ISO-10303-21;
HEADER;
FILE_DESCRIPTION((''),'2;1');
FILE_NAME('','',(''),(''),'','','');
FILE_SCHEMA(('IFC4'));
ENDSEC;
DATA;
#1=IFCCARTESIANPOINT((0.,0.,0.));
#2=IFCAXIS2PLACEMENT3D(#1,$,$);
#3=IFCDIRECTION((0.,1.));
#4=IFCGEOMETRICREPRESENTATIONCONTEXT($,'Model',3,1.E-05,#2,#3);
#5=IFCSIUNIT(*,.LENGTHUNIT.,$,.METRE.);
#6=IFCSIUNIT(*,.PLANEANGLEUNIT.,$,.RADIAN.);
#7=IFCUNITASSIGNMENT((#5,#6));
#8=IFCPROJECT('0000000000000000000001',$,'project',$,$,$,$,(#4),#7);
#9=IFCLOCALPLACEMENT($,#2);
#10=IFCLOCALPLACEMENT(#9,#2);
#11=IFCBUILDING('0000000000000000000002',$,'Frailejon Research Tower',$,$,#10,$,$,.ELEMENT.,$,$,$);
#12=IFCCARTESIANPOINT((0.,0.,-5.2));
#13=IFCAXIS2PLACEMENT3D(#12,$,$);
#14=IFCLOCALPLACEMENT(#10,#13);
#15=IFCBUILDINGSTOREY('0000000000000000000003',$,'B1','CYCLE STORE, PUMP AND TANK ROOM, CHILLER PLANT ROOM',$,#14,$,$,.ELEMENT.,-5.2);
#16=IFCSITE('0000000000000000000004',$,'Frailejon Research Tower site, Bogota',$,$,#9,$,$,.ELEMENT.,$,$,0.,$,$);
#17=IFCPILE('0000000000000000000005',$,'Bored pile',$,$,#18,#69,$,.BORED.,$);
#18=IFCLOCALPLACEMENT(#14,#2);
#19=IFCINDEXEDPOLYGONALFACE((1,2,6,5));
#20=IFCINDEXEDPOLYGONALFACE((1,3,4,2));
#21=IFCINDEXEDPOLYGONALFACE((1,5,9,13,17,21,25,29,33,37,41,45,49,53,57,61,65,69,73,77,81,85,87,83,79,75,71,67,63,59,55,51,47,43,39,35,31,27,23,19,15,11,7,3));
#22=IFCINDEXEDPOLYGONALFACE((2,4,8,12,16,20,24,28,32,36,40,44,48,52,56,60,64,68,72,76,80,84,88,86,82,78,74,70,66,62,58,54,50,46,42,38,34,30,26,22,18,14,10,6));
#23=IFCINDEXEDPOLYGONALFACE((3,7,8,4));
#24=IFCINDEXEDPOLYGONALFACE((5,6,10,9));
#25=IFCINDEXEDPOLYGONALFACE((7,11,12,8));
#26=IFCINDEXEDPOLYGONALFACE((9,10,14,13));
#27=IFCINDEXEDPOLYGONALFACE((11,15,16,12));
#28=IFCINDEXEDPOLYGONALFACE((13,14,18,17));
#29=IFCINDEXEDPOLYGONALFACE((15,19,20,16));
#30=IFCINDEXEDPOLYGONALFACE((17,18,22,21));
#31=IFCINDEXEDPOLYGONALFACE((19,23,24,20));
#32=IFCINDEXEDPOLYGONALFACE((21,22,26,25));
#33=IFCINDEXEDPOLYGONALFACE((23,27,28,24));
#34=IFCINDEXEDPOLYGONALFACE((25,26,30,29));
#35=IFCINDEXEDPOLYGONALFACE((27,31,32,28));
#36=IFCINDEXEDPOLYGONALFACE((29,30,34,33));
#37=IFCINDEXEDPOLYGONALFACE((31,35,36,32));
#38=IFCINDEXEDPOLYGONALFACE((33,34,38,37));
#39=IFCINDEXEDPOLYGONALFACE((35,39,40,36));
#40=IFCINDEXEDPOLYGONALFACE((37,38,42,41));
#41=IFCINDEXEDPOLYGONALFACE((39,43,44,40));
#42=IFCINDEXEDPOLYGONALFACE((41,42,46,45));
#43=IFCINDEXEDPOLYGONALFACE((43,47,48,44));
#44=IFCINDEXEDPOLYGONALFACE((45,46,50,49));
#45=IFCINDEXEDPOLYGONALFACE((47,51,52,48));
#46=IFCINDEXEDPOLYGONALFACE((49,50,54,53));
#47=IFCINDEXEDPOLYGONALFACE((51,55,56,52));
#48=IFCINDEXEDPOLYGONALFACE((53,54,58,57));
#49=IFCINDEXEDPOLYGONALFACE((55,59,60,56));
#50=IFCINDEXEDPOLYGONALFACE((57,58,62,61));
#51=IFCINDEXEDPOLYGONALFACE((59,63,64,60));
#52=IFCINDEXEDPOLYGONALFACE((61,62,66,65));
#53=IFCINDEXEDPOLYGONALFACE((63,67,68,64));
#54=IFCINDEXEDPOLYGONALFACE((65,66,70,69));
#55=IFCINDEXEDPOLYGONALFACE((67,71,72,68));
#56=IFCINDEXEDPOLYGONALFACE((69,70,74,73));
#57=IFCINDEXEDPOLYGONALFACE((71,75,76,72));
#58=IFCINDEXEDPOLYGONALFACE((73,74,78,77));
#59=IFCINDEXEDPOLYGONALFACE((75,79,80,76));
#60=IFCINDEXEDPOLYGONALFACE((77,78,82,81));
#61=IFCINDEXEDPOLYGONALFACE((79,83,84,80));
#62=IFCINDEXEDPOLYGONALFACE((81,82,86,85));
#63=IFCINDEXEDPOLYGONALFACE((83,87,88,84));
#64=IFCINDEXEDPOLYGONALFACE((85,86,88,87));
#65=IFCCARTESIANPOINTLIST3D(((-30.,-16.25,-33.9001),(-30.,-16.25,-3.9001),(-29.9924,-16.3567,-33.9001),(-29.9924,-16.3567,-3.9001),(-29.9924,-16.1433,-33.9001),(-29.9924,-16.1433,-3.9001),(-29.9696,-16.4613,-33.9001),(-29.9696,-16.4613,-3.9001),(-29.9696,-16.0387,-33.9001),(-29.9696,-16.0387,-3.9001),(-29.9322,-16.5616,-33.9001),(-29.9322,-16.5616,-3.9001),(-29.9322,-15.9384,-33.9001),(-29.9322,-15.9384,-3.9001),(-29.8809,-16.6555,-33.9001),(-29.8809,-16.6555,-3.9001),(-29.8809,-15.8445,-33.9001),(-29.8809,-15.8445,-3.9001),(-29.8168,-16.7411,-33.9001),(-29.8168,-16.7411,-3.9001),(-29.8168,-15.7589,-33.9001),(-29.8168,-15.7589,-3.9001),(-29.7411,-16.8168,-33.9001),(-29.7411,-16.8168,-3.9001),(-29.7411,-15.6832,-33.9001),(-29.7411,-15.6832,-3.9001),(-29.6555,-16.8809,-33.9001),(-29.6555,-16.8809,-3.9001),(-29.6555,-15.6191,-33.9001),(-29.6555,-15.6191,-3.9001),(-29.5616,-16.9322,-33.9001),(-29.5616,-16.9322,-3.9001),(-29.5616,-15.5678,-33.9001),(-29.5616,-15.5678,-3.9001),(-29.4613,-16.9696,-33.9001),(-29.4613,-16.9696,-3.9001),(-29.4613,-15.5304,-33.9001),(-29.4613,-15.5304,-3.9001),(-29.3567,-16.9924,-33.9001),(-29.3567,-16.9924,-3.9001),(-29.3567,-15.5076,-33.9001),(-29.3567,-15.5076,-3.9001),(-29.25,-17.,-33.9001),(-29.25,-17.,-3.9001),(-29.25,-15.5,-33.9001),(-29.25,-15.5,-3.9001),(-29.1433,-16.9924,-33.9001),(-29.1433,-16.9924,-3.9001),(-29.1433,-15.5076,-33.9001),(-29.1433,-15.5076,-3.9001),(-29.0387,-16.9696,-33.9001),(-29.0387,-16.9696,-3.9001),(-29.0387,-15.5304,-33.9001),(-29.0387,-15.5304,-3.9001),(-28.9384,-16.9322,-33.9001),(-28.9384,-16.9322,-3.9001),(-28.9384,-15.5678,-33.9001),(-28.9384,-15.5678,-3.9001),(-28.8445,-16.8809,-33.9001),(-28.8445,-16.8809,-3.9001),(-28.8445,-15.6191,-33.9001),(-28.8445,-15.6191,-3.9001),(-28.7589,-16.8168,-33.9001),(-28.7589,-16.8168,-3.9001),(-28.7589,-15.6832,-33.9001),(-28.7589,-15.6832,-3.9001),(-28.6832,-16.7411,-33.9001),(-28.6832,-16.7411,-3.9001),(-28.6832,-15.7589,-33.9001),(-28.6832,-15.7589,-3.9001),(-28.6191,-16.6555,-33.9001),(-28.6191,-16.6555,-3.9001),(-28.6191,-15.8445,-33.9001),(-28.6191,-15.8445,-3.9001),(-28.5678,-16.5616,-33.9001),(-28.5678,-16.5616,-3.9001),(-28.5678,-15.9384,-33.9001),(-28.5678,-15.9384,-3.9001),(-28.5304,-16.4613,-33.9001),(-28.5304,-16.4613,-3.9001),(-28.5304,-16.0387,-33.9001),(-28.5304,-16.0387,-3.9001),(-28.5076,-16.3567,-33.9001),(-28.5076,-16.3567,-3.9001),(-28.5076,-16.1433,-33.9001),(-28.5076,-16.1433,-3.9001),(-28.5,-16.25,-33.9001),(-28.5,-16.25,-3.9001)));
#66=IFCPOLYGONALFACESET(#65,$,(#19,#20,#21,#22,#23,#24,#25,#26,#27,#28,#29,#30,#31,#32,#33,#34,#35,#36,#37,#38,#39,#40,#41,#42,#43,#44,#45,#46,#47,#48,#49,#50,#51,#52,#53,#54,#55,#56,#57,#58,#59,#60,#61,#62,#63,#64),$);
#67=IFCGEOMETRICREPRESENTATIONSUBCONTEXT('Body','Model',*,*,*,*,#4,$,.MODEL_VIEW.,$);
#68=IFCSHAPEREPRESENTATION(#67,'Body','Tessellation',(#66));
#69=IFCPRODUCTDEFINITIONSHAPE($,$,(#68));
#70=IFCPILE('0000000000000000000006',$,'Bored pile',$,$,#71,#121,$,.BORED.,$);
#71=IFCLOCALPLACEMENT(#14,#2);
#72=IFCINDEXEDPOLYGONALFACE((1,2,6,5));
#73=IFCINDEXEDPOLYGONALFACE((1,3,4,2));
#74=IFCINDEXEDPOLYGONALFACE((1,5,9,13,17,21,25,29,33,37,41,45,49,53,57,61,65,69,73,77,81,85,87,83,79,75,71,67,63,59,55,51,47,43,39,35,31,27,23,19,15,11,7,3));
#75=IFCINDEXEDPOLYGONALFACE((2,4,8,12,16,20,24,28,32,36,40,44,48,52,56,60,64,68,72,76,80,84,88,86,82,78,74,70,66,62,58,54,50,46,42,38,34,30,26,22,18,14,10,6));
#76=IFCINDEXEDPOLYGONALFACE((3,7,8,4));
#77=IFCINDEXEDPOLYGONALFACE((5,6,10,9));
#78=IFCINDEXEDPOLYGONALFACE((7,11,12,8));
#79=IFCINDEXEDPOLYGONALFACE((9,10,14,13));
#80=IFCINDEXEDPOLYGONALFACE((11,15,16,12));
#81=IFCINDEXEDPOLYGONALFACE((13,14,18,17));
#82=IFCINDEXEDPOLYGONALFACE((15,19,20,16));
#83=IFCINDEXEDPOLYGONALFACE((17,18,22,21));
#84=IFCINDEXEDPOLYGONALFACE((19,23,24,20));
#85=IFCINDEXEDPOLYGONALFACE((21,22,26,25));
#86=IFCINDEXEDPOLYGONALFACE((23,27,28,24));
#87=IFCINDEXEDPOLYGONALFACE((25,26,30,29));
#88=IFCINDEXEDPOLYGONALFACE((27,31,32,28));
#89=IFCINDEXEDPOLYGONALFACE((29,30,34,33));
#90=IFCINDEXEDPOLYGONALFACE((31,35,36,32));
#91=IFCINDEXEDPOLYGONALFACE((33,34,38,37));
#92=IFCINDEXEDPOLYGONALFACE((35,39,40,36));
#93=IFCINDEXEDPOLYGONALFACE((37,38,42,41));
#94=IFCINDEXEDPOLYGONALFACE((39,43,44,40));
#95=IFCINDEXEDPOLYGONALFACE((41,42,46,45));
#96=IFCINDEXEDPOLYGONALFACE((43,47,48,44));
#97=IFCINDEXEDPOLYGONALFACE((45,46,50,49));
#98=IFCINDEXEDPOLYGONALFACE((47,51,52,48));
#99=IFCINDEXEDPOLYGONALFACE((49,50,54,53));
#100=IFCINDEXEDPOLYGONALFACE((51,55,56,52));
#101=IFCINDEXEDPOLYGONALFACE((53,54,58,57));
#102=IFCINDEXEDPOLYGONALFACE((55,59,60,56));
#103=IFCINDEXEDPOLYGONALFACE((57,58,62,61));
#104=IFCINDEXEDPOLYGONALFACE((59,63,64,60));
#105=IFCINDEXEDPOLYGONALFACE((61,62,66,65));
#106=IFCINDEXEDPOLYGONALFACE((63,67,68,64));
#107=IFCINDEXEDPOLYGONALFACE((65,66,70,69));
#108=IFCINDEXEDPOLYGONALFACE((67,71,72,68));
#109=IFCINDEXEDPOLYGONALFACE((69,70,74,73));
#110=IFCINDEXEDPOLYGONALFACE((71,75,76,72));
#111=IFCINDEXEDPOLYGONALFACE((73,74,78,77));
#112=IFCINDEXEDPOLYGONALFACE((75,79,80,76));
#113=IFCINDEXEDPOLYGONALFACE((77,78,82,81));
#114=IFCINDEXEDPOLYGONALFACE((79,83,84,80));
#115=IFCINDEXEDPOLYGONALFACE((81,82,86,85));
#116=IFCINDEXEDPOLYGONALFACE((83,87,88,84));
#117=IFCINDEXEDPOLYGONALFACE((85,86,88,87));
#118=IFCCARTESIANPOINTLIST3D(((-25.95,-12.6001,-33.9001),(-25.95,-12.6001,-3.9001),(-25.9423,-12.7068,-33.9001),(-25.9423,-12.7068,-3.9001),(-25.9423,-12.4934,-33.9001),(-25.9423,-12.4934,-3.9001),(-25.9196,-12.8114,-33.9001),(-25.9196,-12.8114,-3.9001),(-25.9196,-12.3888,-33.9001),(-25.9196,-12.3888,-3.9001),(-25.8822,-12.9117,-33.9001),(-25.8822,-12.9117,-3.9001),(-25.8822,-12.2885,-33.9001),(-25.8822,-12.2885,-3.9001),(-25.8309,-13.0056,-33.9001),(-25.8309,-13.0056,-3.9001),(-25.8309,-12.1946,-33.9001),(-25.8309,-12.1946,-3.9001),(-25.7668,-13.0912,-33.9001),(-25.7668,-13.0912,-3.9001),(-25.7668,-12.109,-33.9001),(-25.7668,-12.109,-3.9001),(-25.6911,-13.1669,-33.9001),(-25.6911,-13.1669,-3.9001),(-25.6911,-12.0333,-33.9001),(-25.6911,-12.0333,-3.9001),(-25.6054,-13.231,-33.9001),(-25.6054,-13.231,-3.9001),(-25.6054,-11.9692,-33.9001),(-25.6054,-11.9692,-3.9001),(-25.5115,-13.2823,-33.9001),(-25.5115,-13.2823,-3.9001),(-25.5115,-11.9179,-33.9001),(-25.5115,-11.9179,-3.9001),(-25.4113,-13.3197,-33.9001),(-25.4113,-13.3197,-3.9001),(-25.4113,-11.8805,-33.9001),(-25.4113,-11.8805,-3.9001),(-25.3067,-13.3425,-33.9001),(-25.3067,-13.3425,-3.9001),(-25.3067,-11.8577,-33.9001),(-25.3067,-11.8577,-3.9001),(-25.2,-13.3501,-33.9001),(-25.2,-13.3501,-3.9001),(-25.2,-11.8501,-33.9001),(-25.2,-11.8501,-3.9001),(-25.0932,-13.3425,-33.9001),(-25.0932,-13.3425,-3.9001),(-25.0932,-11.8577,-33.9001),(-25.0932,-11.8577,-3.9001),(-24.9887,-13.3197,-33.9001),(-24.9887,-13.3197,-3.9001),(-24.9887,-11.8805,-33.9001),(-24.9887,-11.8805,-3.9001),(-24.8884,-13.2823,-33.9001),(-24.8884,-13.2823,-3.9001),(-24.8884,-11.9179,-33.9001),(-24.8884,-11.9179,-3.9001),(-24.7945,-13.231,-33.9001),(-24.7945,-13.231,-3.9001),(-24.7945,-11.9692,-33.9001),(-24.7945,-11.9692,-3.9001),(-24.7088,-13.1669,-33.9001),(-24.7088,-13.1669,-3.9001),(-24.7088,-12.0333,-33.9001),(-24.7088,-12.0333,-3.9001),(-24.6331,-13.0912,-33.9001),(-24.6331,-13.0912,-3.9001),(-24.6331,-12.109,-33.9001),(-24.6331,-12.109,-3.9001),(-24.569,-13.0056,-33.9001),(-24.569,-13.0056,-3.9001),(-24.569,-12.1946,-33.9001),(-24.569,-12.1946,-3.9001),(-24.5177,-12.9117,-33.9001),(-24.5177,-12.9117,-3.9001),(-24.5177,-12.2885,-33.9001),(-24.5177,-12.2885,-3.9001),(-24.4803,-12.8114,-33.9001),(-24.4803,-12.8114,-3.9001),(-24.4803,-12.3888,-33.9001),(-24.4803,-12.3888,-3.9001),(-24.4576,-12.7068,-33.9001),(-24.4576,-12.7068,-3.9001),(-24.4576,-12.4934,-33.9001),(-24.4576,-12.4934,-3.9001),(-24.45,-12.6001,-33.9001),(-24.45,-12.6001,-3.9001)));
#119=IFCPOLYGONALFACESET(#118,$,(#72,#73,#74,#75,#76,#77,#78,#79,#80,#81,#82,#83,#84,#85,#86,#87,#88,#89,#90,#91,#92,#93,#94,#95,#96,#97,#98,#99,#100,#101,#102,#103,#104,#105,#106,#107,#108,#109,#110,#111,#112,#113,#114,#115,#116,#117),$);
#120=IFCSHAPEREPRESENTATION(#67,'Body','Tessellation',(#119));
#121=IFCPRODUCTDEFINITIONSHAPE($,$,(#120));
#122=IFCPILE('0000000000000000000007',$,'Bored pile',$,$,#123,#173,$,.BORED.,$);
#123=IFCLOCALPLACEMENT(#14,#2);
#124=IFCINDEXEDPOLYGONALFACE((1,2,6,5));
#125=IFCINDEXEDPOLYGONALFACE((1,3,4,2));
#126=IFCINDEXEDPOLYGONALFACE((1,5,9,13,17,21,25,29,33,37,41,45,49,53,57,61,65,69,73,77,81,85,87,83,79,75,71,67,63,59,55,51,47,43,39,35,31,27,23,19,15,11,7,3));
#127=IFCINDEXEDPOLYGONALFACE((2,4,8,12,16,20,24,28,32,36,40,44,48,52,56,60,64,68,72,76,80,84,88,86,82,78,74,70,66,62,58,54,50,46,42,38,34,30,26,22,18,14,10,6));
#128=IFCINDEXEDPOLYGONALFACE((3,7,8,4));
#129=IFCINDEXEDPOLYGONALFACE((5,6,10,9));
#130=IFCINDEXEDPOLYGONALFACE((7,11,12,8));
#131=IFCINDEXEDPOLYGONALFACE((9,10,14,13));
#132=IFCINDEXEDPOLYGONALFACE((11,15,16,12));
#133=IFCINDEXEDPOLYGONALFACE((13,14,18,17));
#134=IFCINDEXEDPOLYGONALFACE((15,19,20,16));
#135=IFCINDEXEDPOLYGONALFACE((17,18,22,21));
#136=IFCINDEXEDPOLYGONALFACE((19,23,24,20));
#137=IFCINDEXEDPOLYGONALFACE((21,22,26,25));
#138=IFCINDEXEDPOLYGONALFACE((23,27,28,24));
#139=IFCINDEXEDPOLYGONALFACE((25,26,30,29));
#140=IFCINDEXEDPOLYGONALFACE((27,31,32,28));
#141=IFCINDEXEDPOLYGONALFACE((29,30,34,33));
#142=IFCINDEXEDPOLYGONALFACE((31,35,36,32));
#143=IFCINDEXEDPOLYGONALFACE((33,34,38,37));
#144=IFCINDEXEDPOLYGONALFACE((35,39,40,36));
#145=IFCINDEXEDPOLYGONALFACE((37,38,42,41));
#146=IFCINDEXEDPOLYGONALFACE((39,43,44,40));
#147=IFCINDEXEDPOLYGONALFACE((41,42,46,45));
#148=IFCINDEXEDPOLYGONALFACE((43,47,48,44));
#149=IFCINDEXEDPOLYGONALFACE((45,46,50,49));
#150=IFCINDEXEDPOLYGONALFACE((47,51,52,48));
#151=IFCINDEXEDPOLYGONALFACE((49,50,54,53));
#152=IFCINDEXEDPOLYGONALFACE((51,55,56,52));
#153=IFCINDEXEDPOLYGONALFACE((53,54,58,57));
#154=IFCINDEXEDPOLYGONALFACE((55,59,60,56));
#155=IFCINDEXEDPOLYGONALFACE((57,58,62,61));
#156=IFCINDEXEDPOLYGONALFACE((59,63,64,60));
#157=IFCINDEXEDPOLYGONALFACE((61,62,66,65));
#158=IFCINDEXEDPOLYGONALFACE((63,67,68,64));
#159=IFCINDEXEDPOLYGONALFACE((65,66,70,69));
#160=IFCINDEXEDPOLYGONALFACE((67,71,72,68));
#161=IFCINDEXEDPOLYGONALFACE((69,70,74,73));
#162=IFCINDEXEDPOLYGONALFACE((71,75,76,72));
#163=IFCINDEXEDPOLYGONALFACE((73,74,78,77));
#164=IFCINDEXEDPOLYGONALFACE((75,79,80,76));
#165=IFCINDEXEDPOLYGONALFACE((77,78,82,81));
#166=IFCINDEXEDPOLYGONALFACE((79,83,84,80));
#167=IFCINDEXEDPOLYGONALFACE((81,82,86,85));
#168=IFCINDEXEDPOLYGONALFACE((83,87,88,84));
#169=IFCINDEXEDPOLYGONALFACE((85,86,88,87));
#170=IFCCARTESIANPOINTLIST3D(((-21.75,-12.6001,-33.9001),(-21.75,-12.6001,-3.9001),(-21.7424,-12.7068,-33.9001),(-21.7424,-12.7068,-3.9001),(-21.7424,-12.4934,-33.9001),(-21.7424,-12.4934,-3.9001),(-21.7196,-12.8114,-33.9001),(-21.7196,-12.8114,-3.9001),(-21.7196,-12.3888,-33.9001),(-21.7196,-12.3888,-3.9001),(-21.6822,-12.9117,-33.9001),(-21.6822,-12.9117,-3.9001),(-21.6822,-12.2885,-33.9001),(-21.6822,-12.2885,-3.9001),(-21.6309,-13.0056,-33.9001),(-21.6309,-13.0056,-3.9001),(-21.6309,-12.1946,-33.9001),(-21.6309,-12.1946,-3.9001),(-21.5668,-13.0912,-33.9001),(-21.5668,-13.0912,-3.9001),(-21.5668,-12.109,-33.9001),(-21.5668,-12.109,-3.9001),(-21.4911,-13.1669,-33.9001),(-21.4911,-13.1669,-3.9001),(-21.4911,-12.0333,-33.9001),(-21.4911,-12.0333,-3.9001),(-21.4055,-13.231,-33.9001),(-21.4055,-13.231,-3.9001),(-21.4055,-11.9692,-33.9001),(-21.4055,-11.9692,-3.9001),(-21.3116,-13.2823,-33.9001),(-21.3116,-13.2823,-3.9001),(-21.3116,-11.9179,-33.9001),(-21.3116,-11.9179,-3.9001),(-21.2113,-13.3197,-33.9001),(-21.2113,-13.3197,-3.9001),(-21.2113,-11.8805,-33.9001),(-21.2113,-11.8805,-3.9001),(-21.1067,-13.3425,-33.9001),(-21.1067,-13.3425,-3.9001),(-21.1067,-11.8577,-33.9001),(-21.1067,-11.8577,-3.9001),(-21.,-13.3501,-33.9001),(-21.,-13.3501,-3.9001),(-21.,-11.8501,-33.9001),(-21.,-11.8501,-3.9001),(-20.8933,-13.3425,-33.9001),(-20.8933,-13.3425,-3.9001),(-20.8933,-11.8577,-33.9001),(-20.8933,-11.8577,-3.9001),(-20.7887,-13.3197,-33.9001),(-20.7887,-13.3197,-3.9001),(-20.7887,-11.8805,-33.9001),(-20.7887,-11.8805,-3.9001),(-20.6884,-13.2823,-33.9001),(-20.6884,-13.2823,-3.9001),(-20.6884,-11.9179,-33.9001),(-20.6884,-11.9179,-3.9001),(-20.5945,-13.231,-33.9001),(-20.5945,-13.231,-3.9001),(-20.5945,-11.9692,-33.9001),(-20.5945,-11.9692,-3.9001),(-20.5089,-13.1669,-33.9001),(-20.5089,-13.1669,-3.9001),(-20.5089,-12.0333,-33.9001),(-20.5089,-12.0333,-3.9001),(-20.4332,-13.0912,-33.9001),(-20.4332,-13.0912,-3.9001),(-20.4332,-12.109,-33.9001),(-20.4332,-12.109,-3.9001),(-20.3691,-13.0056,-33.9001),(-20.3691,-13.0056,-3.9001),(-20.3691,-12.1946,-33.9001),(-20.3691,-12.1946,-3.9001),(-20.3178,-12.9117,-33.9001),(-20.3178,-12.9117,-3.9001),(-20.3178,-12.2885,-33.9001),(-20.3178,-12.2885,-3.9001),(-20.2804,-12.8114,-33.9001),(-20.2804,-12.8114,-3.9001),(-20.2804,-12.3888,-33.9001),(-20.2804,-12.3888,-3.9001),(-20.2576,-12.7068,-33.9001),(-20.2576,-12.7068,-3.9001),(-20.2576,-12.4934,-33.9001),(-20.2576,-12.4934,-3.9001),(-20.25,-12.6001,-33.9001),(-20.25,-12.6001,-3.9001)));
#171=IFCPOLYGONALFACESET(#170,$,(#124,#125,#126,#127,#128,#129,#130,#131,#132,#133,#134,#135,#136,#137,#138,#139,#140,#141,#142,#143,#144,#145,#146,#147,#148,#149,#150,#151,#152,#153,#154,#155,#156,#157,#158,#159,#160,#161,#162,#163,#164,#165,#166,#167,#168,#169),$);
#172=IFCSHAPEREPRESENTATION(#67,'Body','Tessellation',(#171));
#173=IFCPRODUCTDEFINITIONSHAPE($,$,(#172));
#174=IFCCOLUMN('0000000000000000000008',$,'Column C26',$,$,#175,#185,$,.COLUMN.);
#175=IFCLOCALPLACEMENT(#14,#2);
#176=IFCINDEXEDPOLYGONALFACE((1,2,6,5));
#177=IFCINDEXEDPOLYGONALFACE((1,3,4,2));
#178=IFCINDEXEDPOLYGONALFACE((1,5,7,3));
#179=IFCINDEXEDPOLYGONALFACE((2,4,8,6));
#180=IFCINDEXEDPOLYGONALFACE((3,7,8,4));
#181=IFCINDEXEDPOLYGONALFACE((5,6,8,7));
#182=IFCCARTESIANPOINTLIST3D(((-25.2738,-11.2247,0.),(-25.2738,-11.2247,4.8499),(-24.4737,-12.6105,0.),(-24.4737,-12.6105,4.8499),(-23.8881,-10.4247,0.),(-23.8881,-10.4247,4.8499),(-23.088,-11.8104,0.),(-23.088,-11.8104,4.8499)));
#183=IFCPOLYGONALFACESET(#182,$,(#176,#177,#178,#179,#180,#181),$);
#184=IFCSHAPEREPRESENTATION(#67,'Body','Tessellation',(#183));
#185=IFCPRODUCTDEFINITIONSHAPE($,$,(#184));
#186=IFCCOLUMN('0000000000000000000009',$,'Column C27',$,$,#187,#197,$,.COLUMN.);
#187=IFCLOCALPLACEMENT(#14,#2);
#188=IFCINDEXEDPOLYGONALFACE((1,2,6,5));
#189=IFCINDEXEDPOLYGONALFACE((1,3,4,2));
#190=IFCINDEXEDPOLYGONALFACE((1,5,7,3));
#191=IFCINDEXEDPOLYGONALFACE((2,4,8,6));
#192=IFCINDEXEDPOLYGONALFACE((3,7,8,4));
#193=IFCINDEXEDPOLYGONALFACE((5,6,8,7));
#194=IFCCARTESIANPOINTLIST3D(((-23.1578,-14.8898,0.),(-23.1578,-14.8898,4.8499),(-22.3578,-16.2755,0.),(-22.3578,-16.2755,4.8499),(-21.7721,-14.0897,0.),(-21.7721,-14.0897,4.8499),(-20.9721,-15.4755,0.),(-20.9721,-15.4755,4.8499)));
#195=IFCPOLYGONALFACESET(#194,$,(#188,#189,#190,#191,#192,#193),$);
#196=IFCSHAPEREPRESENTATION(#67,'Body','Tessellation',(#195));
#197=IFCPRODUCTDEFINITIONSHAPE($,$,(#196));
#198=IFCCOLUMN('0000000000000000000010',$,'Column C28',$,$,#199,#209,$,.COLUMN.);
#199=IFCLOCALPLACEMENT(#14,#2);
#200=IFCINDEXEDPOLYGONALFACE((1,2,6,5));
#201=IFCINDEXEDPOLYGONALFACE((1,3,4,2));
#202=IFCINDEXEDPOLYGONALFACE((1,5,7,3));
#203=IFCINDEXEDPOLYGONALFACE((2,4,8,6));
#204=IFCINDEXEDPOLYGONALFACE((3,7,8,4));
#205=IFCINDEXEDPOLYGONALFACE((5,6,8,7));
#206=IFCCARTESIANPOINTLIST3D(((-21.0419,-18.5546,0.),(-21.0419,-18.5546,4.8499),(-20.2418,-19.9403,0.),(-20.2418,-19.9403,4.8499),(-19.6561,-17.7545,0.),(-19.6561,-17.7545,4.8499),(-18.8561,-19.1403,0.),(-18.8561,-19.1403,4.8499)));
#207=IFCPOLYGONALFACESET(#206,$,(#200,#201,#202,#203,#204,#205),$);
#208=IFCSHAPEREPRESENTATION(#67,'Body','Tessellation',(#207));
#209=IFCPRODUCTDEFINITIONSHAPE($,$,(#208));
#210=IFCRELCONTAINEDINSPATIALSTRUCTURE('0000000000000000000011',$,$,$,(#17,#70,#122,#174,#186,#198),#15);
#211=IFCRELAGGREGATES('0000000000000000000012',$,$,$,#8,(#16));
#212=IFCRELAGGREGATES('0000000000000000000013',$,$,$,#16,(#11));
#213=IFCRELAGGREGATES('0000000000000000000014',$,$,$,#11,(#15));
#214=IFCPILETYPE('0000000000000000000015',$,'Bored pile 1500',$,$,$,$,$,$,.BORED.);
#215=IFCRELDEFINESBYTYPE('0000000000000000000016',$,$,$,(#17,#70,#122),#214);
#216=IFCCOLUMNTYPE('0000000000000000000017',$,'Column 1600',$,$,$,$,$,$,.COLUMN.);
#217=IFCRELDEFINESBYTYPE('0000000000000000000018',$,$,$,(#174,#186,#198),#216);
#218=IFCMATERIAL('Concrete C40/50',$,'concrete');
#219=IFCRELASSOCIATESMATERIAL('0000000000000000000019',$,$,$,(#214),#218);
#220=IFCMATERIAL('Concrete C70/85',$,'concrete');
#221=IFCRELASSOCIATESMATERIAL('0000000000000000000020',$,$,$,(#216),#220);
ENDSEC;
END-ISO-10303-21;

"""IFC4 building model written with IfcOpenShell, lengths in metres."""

from ifc_helpers import new_model, si_unit, direction, frame, origin, origin_2d, place, context, subcontext, project, spatial, rectangle, circle, extrude, material, material_profile, profile_set, type_object, element, save


model = new_model("IFC4")

# Units and contexts
model_context = context("Model", 3, precision=1e-05, world=origin(), true_north=direction((0.0, 1.0)))
body_context = subcontext(model_context, "Body", "Model", "MODEL_VIEW")
ifc_project = project(units=[si_unit("LENGTHUNIT", "METRE"), si_unit("PLANEANGLEUNIT", "RADIAN")], contexts=[model_context])

# Site, building, storey
site_placement = place(None, origin())
site = spatial("IfcSite", under=ifc_project, at=site_placement, Name="Frailejon Research Tower site, Bogota", CompositionType="ELEMENT", RefElevation=0.0)
building_placement = place(site_placement, origin())
building = spatial("IfcBuilding", under=site, at=building_placement, Name="Frailejon Research Tower", CompositionType="ELEMENT")
storey_placement = place(building_placement, frame((0.0, 0.0, -5.2)))
storey = spatial("IfcBuildingStorey", under=building, at=storey_placement, Name="B1", Description="CYCLE STORE, PUMP AND TANK ROOM, CHILLER PLANT ROOM", CompositionType="ELEMENT", Elevation=-5.2)

# Piles
ifc_material_1 = material(Name="Concrete C40/50", Category="concrete")
ifc_material_profile_1 = material_profile(ifc_material_1, circle(Radius=0.75, at=origin_2d()), Name="Bored pile 1500")
ifc_profile_set_1 = profile_set([ifc_material_profile_1], Name="Concrete C40/50")
pile_type = type_object("IfcPileType", Name="Bored pile 1500", PredefinedType="BORED", material=ifc_profile_set_1)
for number, where, z_axis, x_axis, name in (
    (1, (-29.25, -16.25, -3.9001), (0.0, 0.0, -1.0), (1.0, 0.0, 0.0), "Bored pile"),
    (2, (-25.2, -12.6001, -3.9001), (0.0, 0.0, -1.0), (1.0, 0.0, 0.0), "Bored pile"),
    (3, (-21.0, -12.6001, -3.9001), (0.0, 0.0, -1.0), (1.0, 0.0, 0.0), "Bored pile"),
):
    element("IfcPile", number, at=place(storey_placement, frame(where, z_axis=z_axis, x_axis=x_axis)), inside=storey, type_object=pile_type, Name=name, PredefinedType="BORED", context=body_context, shape_type="SweptSolid", body=[
        extrude(circle(Radius=0.75, at=origin_2d()), origin(), (0.0, 0.0, 1.0), 30.0),
    ])

# Columns
ifc_material_2 = material(Name="Concrete C70/85", Category="concrete")
ifc_material_profile_2 = material_profile(ifc_material_2, rectangle(XDim=1.6001, YDim=1.6001, at=origin_2d()), Name="Column 1600")
ifc_profile_set_2 = profile_set([ifc_material_profile_2], Name="Concrete C70/85")
column_type = type_object("IfcColumnType", Name="Column 1600", PredefinedType="COLUMN", material=ifc_profile_set_2)
for number, where, z_axis, x_axis, name in (
    (4, (-24.1809, -11.5176, 0.0), (0.0, 0.0, 1.0), (0.5, -0.866025, 0.0), "Column C26"),
    (5, (-22.0649, -15.1826, 0.0), (0.0, 0.0, 1.0), (0.5, -0.866025, 0.0), "Column C27"),
    (6, (-19.949, -18.8474, 0.0), (0.0, 0.0, 1.0), (0.5, -0.866025, 0.0), "Column C28"),
):
    element("IfcColumn", number, at=place(storey_placement, frame(where, z_axis=z_axis, x_axis=x_axis)), inside=storey, type_object=column_type, Name=name, PredefinedType="COLUMN", context=body_context, shape_type="SweptSolid", body=[
        extrude(rectangle(XDim=1.6001, YDim=1.6001, at=origin_2d()), origin(), (0.0, 0.0, 1.0), 4.8499),
    ])

save(model, "model.ifc")
